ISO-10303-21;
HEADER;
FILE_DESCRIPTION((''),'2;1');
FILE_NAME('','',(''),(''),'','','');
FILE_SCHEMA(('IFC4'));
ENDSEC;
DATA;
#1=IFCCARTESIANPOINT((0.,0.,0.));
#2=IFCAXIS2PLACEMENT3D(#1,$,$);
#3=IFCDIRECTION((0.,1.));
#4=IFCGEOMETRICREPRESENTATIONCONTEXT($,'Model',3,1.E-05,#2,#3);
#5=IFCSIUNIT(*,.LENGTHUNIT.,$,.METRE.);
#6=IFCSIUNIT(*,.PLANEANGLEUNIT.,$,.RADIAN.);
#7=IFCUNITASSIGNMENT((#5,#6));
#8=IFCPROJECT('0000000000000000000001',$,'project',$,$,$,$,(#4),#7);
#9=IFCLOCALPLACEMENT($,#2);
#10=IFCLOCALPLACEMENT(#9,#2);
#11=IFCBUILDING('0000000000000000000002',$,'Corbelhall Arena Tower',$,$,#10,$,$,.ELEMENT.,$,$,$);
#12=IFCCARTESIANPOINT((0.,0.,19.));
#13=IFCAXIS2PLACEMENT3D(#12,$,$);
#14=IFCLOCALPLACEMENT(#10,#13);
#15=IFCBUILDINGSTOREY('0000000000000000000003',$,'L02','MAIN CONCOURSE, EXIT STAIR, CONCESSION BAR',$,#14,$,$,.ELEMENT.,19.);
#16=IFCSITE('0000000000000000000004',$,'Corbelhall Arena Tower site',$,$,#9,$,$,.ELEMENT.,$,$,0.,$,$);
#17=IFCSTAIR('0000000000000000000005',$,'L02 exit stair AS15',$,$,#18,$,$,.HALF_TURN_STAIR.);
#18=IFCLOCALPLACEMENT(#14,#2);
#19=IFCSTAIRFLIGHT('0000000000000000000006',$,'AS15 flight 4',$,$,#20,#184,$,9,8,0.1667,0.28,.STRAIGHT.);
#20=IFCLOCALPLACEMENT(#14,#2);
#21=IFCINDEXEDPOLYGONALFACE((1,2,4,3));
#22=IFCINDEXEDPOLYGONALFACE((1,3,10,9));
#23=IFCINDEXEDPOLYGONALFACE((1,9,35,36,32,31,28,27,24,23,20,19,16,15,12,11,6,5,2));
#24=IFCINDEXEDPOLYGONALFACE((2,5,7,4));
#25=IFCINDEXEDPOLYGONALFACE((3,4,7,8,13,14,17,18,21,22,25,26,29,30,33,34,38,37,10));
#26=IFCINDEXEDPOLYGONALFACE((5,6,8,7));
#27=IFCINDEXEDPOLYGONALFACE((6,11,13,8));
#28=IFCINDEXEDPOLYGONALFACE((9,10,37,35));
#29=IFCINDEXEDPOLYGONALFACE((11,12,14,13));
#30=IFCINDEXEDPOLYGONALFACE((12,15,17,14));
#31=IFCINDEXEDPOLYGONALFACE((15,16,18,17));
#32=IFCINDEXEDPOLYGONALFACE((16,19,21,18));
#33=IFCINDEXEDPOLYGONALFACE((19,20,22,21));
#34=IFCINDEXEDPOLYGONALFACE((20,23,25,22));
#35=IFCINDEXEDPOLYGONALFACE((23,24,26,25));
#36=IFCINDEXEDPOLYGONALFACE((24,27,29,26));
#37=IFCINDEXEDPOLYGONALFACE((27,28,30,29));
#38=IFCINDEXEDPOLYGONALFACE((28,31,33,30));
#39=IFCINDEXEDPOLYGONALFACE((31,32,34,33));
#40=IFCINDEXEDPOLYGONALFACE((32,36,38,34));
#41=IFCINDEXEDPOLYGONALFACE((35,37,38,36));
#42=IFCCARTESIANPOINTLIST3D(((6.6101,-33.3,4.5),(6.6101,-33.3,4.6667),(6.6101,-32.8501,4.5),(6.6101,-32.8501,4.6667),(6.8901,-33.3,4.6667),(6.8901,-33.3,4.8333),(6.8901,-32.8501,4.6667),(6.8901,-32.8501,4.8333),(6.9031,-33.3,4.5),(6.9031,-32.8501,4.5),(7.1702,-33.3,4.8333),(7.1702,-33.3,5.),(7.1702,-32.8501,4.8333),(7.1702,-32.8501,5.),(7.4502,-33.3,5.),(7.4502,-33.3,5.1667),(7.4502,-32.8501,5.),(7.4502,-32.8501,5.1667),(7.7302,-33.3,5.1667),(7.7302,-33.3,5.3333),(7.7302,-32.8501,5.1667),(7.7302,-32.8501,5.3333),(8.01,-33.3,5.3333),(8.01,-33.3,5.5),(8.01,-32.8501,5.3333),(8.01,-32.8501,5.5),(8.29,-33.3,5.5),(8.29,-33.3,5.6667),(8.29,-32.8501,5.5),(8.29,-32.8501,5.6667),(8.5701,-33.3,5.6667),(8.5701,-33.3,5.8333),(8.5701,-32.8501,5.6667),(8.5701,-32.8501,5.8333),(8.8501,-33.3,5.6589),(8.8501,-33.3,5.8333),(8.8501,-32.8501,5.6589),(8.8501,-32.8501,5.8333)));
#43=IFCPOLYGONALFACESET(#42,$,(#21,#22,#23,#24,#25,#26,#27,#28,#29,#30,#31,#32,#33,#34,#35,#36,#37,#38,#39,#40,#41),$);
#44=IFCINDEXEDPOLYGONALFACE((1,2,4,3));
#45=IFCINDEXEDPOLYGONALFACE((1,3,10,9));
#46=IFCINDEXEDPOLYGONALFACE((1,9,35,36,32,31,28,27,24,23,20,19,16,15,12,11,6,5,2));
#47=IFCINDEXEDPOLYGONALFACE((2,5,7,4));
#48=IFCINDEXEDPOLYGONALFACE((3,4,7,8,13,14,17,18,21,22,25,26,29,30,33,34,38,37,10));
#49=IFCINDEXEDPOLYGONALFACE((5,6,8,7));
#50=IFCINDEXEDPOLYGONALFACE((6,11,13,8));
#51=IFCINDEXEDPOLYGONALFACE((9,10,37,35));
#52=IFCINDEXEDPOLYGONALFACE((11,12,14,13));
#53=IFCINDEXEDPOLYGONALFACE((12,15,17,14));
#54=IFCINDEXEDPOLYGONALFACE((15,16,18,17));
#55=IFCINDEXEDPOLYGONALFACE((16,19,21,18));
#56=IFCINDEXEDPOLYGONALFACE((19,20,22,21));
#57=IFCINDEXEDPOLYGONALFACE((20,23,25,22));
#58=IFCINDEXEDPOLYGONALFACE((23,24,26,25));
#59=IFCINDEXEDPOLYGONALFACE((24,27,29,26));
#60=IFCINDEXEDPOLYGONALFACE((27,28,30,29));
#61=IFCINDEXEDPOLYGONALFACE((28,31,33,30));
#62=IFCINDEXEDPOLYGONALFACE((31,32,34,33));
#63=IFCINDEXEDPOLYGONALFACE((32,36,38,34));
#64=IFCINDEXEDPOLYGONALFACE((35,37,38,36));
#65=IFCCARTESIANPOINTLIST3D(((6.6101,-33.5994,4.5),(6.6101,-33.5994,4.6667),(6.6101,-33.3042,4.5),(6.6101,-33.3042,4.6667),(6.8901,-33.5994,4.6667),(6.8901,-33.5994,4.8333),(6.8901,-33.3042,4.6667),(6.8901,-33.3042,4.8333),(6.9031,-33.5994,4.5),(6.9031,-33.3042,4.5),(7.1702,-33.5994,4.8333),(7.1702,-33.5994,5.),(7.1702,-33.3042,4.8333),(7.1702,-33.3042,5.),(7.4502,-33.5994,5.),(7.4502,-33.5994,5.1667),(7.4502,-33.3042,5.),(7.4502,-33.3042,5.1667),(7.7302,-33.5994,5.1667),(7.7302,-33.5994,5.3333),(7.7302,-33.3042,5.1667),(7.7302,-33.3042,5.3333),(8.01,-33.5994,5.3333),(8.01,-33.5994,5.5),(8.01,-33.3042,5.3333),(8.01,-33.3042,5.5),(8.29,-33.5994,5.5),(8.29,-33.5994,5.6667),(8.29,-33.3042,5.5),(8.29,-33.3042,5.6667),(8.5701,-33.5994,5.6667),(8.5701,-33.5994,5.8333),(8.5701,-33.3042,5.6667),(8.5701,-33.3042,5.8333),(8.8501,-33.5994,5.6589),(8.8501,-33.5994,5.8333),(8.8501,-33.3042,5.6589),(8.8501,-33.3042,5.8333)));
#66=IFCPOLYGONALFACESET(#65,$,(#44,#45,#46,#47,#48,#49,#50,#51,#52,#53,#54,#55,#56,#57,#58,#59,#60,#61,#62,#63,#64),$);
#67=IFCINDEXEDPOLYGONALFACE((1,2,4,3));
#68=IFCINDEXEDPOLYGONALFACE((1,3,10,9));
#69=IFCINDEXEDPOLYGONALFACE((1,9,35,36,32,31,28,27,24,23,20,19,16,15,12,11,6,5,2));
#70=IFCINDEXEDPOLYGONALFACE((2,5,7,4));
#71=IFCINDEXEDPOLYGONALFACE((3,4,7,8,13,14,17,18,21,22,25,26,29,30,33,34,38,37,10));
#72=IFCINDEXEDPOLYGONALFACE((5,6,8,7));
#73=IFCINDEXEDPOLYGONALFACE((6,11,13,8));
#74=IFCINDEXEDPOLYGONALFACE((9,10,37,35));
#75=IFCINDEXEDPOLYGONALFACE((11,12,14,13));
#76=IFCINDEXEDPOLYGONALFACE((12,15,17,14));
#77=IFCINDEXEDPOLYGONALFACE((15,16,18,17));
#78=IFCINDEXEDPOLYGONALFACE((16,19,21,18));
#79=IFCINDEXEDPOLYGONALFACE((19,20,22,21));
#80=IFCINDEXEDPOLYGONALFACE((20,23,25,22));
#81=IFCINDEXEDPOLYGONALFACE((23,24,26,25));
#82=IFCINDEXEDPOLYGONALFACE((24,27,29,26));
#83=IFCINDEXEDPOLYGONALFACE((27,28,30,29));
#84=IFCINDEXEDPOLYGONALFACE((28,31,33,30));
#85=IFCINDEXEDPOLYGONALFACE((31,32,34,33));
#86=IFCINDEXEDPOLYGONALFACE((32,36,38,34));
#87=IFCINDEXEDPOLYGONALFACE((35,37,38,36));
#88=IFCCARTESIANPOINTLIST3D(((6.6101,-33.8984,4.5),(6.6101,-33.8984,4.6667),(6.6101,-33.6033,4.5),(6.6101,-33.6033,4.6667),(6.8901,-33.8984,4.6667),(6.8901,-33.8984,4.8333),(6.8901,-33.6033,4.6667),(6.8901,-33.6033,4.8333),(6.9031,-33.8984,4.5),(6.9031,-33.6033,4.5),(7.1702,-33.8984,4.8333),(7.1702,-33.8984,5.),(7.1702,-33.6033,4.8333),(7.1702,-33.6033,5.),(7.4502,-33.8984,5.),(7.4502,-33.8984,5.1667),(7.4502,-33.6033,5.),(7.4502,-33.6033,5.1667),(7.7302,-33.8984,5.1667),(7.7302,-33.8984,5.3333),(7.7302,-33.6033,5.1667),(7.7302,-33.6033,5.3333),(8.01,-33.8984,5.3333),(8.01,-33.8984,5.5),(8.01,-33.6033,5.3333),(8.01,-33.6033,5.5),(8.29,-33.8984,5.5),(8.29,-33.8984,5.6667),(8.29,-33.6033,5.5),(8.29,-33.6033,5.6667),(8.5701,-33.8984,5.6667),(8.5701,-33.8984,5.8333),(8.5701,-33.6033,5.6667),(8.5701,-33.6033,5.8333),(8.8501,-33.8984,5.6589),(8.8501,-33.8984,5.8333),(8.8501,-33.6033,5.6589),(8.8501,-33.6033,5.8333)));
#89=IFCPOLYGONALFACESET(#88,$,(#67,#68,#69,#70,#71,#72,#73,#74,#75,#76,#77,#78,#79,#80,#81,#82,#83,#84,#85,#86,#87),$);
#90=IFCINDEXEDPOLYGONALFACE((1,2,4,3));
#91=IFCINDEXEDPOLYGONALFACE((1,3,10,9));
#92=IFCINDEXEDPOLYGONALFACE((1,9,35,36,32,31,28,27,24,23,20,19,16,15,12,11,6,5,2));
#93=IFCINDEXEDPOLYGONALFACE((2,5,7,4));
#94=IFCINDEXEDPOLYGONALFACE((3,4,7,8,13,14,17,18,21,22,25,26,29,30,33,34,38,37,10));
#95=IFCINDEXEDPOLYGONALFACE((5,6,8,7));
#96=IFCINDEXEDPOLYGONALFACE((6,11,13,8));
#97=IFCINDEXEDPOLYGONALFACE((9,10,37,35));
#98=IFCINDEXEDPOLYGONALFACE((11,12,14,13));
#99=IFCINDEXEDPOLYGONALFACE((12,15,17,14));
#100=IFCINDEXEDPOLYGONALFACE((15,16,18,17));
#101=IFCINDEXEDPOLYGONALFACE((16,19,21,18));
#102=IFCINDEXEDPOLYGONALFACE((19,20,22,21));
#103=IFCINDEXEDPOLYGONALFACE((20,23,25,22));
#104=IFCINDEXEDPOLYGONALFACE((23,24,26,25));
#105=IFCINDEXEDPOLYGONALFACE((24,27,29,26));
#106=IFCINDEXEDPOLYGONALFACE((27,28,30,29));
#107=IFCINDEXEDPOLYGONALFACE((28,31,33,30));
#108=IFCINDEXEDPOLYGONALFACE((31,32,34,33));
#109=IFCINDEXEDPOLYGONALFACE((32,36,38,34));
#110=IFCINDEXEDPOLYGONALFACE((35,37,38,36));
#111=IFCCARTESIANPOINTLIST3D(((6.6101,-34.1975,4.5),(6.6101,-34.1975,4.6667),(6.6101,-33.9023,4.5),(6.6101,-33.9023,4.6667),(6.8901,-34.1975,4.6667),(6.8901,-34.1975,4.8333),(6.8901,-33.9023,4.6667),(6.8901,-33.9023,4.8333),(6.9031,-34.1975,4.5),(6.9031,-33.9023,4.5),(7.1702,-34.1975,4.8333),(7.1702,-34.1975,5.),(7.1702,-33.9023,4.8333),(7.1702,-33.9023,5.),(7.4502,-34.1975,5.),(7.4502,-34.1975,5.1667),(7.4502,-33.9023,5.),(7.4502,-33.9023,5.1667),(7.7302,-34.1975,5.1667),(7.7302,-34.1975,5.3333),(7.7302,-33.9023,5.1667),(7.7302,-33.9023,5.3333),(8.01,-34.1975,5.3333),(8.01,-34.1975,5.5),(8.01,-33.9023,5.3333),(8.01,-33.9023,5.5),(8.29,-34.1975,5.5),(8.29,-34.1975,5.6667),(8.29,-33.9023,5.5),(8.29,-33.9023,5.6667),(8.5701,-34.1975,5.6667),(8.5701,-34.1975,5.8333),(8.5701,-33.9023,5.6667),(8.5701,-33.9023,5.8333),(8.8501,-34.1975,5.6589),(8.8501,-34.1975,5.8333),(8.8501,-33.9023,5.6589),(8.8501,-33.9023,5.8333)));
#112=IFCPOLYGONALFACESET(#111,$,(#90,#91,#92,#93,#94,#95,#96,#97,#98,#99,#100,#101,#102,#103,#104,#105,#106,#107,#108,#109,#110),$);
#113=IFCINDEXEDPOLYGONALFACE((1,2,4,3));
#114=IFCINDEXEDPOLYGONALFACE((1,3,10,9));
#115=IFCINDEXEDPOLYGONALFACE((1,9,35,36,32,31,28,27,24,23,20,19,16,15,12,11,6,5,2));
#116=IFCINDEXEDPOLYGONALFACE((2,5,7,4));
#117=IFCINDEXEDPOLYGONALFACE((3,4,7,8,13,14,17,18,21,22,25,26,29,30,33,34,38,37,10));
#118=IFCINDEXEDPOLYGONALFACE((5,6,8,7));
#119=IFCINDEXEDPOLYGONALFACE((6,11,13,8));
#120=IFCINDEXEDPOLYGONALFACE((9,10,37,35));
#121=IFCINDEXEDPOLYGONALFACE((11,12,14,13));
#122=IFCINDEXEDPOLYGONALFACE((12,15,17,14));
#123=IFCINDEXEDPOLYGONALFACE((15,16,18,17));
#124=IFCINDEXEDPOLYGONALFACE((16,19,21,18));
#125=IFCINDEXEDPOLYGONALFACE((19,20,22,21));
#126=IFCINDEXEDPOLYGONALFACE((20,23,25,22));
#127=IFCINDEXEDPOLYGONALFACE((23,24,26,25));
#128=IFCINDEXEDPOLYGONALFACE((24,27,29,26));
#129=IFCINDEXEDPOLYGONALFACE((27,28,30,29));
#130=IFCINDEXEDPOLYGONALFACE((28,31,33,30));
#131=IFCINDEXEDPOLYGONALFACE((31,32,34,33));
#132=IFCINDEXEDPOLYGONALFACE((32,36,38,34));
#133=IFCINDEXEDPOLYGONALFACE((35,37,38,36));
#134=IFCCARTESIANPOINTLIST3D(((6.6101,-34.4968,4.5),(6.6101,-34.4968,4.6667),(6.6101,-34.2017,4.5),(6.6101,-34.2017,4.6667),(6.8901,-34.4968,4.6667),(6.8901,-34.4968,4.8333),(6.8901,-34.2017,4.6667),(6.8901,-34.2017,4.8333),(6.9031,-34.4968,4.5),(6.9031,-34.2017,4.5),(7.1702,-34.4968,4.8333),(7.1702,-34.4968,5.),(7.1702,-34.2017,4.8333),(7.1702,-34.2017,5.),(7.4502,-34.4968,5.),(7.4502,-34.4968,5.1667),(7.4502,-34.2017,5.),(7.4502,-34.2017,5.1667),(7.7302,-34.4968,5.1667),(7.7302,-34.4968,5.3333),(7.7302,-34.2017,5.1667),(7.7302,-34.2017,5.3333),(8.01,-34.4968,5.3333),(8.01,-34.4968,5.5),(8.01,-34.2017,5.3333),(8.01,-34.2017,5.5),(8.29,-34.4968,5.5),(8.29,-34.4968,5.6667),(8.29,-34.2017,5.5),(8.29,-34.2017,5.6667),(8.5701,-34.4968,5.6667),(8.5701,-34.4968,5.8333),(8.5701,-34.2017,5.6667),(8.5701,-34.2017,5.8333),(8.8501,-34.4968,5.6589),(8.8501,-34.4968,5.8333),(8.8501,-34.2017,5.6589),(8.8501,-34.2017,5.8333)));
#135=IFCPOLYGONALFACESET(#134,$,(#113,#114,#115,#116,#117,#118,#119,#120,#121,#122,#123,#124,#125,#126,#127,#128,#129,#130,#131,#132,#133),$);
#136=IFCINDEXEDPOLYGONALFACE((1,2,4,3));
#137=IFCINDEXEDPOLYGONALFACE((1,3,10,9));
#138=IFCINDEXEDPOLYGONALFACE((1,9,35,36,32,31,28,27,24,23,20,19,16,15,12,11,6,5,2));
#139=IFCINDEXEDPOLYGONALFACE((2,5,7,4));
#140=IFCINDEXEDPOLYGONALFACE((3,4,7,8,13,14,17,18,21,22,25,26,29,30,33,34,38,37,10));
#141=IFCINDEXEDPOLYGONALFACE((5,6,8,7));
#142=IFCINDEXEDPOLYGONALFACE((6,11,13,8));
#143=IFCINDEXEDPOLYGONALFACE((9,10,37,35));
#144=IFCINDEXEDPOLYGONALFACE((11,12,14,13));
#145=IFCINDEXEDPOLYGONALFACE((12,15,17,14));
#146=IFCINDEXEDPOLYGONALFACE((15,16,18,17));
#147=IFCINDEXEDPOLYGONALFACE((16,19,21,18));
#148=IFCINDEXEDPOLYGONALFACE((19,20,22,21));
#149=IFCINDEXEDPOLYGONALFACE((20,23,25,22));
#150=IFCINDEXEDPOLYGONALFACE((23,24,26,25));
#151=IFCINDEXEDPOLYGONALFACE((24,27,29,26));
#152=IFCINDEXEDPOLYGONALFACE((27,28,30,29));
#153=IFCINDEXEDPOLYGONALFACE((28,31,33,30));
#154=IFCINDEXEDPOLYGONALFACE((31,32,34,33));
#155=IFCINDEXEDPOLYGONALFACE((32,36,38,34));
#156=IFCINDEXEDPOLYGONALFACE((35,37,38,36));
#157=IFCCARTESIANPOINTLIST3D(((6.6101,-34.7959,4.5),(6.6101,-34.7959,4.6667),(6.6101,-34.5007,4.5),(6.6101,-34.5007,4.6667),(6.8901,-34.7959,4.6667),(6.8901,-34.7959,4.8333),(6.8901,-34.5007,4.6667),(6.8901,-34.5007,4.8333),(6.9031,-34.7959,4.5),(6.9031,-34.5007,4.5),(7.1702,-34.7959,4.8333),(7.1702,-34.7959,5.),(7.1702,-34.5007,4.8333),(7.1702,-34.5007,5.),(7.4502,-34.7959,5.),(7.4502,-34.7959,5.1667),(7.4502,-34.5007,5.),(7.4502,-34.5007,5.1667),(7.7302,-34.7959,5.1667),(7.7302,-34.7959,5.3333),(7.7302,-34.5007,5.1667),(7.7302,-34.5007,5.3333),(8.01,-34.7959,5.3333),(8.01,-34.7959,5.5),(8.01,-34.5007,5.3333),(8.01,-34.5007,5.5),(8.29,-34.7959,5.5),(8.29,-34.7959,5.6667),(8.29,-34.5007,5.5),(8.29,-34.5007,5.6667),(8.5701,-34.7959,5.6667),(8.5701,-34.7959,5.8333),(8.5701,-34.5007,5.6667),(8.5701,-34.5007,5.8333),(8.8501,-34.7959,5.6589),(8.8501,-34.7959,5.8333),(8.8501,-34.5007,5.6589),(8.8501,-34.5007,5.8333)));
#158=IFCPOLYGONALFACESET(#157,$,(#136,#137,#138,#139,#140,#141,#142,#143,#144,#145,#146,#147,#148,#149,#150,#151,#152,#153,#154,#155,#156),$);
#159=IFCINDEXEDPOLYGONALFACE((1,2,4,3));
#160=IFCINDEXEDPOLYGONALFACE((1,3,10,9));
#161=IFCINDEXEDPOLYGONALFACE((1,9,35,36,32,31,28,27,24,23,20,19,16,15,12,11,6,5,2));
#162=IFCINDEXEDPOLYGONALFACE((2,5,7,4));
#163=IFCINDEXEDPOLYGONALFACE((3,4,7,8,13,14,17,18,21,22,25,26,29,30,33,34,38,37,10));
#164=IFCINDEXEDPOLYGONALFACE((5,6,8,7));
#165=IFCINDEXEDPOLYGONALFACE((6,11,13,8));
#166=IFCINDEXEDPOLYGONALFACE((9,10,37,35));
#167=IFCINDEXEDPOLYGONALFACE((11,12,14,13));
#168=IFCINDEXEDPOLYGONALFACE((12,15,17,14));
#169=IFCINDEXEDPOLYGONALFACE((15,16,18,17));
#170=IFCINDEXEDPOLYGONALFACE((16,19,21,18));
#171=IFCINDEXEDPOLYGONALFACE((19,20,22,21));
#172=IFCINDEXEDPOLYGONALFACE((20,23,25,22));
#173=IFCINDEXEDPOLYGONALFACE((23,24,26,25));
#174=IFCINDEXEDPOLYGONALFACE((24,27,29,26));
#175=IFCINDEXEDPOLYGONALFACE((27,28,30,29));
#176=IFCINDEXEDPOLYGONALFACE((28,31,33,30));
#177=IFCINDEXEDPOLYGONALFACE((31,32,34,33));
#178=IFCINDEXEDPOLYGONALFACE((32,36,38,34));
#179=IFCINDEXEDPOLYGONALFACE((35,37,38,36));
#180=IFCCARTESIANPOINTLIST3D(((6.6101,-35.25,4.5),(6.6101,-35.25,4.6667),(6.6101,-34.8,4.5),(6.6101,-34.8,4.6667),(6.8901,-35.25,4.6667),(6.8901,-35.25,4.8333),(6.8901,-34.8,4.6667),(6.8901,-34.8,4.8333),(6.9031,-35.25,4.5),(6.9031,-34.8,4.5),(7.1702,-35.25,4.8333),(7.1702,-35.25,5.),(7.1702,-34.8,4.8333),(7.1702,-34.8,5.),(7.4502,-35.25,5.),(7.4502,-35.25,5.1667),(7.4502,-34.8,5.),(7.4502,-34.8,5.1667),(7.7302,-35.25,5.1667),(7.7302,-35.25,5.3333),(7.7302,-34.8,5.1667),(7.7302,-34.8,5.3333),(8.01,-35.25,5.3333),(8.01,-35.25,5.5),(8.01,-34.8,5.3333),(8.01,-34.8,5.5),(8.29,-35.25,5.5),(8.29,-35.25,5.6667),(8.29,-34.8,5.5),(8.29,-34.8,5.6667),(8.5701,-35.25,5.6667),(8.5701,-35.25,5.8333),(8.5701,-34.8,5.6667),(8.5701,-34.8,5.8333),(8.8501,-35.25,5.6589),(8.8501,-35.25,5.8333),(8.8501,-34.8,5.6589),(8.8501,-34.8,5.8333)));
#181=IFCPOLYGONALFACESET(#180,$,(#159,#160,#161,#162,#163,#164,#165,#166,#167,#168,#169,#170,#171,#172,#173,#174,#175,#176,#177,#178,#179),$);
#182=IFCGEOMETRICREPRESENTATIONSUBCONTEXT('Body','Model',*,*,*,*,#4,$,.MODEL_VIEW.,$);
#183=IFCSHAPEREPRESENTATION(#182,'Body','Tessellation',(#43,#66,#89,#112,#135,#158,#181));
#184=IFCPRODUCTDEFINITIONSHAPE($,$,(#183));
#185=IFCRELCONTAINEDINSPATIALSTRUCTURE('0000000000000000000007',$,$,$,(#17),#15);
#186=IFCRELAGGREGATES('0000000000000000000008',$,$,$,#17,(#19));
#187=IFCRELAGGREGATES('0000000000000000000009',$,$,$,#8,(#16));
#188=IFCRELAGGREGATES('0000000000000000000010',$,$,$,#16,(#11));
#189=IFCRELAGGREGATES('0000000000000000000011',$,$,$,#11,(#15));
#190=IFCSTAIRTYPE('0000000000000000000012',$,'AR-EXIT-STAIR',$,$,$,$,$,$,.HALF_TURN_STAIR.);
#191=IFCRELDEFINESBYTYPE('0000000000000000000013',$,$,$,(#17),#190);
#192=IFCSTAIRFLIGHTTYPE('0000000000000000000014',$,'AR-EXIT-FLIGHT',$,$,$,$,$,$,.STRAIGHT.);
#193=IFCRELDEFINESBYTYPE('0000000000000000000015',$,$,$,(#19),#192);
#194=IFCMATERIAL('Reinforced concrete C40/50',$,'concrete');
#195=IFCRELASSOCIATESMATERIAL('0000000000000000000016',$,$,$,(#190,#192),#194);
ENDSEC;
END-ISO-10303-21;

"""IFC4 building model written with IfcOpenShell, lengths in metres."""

from ifc_helpers import new_model, si_unit, direction, frame, origin, place, context, subcontext, project, spatial, polyline, outline, extrude, material, type_object, element, aggregate, save


model = new_model("IFC4")

# Units and contexts
model_context = context("Model", 3, precision=1e-05, world=origin(), true_north=direction((0.0, 1.0)))
body_context = subcontext(model_context, "Body", "Model", "MODEL_VIEW")
ifc_project = project(units=[si_unit("LENGTHUNIT", "METRE"), si_unit("PLANEANGLEUNIT", "RADIAN")], contexts=[model_context])

# Site, building, storey
site_placement = place(None, origin())
site = spatial("IfcSite", under=ifc_project, at=site_placement, Name="Corbelhall Arena Tower site", CompositionType="ELEMENT", RefElevation=0.0)
building_placement = place(site_placement, origin())
building = spatial("IfcBuilding", under=site, at=building_placement, Name="Corbelhall Arena Tower", CompositionType="ELEMENT")
storey_placement = place(building_placement, frame((0.0, 0.0, 19.0)))
storey = spatial("IfcBuildingStorey", under=building, at=storey_placement, Name="L02", Description="MAIN CONCOURSE, EXIT STAIR, CONCESSION BAR", CompositionType="ELEMENT", Elevation=19.0)

# Shared definitions
ifc_material_1 = material(Name="Reinforced concrete C40/50", Category="concrete")

# Stair, stair flight
stair_type = type_object("IfcStairType", Name="AR-EXIT-STAIR", PredefinedType="HALF_TURN_STAIR", material=ifc_material_1)
stair_1_placement = place(storey_placement, origin())
stair_1 = element("IfcStair", 1, at=stair_1_placement, inside=storey, type_object=stair_type, Name="L02 exit stair AS15", PredefinedType="HALF_TURN_STAIR")
stair_flight_type = type_object("IfcStairFlightType", Name="AR-EXIT-FLIGHT", PredefinedType="STRAIGHT", material=ifc_material_1)
stair_flight_1_placement = place(storey_placement, frame((6.6101, -34.05, 4.5), z_axis=(0.0, 0.0, 1.0), x_axis=(1.0, 0.0, 0.0)))
stair_flight_1 = element("IfcStairFlight", 2, at=stair_flight_1_placement, type_object=stair_flight_type, Name="AS15 flight 4", NumberOfRisers=9, NumberOfTreads=8, PredefinedType="STRAIGHT", RiserHeight=0.1667, TreadLength=0.28, context=body_context, shape_type="SweptSolid", body=[
    extrude(outline(polyline([(0.0, 0.0), (0.0, 0.1667), (0.28, 0.1667), (0.28, 0.3333), (0.5601, 0.3333), (0.5601, 0.5), (0.8401, 0.5), (0.8401, 0.6667), (1.1201, 0.6667), (1.1201, 0.8333), (1.3999, 0.8333), (1.3999, 1.0), (1.6799, 1.0), (1.6799, 1.1667), (1.96, 1.1667), (1.96, 1.3333), (2.24, 1.3333), (2.24, 1.5), (2.24, 1.1589), (0.293, 0.0), (0.0, 0.0)])), frame((0.0, 1.2, 0.0), z_axis=(0.0, -1.0, 0.0), x_axis=(1.0, 0.0, 0.0)), (0.0, 0.0, 1.0), 0.45),
    extrude(outline(polyline([(0.0, 0.0), (0.0, 0.1667), (0.28, 0.1667), (0.28, 0.3333), (0.5601, 0.3333), (0.5601, 0.5), (0.8401, 0.5), (0.8401, 0.6667), (1.1201, 0.6667), (1.1201, 0.8333), (1.3999, 0.8333), (1.3999, 1.0), (1.6799, 1.0), (1.6799, 1.1667), (1.96, 1.1667), (1.96, 1.3333), (2.24, 1.3333), (2.24, 1.5), (2.24, 1.1589), (0.293, 0.0), (0.0, 0.0)])), frame((0.0, 0.7458, 0.0), z_axis=(0.0, -1.0, 0.0), x_axis=(1.0, 0.0, 0.0)), (0.0, 0.0, 1.0), 0.2952),
    extrude(outline(polyline([(0.0, 0.0), (0.0, 0.1667), (0.28, 0.1667), (0.28, 0.3333), (0.5601, 0.3333), (0.5601, 0.5), (0.8401, 0.5), (0.8401, 0.6667), (1.1201, 0.6667), (1.1201, 0.8333), (1.3999, 0.8333), (1.3999, 1.0), (1.6799, 1.0), (1.6799, 1.1667), (1.96, 1.1667), (1.96, 1.3333), (2.24, 1.3333), (2.24, 1.5), (2.24, 1.1589), (0.293, 0.0), (0.0, 0.0)])), frame((0.0, 0.4468, 0.0), z_axis=(0.0, -1.0, 0.0), x_axis=(1.0, 0.0, 0.0)), (0.0, 0.0, 1.0), 0.2952),
    extrude(outline(polyline([(0.0, 0.0), (0.0, 0.1667), (0.28, 0.1667), (0.28, 0.3333), (0.5601, 0.3333), (0.5601, 0.5), (0.8401, 0.5), (0.8401, 0.6667), (1.1201, 0.6667), (1.1201, 0.8333), (1.3999, 0.8333), (1.3999, 1.0), (1.6799, 1.0), (1.6799, 1.1667), (1.96, 1.1667), (1.96, 1.3333), (2.24, 1.3333), (2.24, 1.5), (2.24, 1.1589), (0.293, 0.0), (0.0, 0.0)])), frame((0.0, 0.1477, 0.0), z_axis=(0.0, -1.0, 0.0), x_axis=(1.0, 0.0, 0.0)), (0.0, 0.0, 1.0), 0.2952),
    extrude(outline(polyline([(0.0, 0.0), (0.0, 0.1667), (0.28, 0.1667), (0.28, 0.3333), (0.5601, 0.3333), (0.5601, 0.5), (0.8401, 0.5), (0.8401, 0.6667), (1.1201, 0.6667), (1.1201, 0.8333), (1.3999, 0.8333), (1.3999, 1.0), (1.6799, 1.0), (1.6799, 1.1667), (1.96, 1.1667), (1.96, 1.3333), (2.24, 1.3333), (2.24, 1.5), (2.24, 1.1589), (0.293, 0.0), (0.0, 0.0)])), frame((0.0, -0.1516, 0.0), z_axis=(0.0, -1.0, 0.0), x_axis=(1.0, 0.0, 0.0)), (0.0, 0.0, 1.0), 0.2952),
    extrude(outline(polyline([(0.0, 0.0), (0.0, 0.1667), (0.28, 0.1667), (0.28, 0.3333), (0.5601, 0.3333), (0.5601, 0.5), (0.8401, 0.5), (0.8401, 0.6667), (1.1201, 0.6667), (1.1201, 0.8333), (1.3999, 0.8333), (1.3999, 1.0), (1.6799, 1.0), (1.6799, 1.1667), (1.96, 1.1667), (1.96, 1.3333), (2.24, 1.3333), (2.24, 1.5), (2.24, 1.1589), (0.293, 0.0), (0.0, 0.0)])), frame((0.0, -0.4507, 0.0), z_axis=(0.0, -1.0, 0.0), x_axis=(1.0, 0.0, 0.0)), (0.0, 0.0, 1.0), 0.2952),
    extrude(outline(polyline([(0.0, 0.0), (0.0, 0.1667), (0.28, 0.1667), (0.28, 0.3333), (0.5601, 0.3333), (0.5601, 0.5), (0.8401, 0.5), (0.8401, 0.6667), (1.1201, 0.6667), (1.1201, 0.8333), (1.3999, 0.8333), (1.3999, 1.0), (1.6799, 1.0), (1.6799, 1.1667), (1.96, 1.1667), (1.96, 1.3333), (2.24, 1.3333), (2.24, 1.5), (2.24, 1.1589), (0.293, 0.0), (0.0, 0.0)])), frame((0.0, -0.75, 0.0), z_axis=(0.0, -1.0, 0.0), x_axis=(1.0, 0.0, 0.0)), (0.0, 0.0, 1.0), 0.45),
])
aggregate(stair_1, [stair_flight_1])

save(model, "model.ifc")
